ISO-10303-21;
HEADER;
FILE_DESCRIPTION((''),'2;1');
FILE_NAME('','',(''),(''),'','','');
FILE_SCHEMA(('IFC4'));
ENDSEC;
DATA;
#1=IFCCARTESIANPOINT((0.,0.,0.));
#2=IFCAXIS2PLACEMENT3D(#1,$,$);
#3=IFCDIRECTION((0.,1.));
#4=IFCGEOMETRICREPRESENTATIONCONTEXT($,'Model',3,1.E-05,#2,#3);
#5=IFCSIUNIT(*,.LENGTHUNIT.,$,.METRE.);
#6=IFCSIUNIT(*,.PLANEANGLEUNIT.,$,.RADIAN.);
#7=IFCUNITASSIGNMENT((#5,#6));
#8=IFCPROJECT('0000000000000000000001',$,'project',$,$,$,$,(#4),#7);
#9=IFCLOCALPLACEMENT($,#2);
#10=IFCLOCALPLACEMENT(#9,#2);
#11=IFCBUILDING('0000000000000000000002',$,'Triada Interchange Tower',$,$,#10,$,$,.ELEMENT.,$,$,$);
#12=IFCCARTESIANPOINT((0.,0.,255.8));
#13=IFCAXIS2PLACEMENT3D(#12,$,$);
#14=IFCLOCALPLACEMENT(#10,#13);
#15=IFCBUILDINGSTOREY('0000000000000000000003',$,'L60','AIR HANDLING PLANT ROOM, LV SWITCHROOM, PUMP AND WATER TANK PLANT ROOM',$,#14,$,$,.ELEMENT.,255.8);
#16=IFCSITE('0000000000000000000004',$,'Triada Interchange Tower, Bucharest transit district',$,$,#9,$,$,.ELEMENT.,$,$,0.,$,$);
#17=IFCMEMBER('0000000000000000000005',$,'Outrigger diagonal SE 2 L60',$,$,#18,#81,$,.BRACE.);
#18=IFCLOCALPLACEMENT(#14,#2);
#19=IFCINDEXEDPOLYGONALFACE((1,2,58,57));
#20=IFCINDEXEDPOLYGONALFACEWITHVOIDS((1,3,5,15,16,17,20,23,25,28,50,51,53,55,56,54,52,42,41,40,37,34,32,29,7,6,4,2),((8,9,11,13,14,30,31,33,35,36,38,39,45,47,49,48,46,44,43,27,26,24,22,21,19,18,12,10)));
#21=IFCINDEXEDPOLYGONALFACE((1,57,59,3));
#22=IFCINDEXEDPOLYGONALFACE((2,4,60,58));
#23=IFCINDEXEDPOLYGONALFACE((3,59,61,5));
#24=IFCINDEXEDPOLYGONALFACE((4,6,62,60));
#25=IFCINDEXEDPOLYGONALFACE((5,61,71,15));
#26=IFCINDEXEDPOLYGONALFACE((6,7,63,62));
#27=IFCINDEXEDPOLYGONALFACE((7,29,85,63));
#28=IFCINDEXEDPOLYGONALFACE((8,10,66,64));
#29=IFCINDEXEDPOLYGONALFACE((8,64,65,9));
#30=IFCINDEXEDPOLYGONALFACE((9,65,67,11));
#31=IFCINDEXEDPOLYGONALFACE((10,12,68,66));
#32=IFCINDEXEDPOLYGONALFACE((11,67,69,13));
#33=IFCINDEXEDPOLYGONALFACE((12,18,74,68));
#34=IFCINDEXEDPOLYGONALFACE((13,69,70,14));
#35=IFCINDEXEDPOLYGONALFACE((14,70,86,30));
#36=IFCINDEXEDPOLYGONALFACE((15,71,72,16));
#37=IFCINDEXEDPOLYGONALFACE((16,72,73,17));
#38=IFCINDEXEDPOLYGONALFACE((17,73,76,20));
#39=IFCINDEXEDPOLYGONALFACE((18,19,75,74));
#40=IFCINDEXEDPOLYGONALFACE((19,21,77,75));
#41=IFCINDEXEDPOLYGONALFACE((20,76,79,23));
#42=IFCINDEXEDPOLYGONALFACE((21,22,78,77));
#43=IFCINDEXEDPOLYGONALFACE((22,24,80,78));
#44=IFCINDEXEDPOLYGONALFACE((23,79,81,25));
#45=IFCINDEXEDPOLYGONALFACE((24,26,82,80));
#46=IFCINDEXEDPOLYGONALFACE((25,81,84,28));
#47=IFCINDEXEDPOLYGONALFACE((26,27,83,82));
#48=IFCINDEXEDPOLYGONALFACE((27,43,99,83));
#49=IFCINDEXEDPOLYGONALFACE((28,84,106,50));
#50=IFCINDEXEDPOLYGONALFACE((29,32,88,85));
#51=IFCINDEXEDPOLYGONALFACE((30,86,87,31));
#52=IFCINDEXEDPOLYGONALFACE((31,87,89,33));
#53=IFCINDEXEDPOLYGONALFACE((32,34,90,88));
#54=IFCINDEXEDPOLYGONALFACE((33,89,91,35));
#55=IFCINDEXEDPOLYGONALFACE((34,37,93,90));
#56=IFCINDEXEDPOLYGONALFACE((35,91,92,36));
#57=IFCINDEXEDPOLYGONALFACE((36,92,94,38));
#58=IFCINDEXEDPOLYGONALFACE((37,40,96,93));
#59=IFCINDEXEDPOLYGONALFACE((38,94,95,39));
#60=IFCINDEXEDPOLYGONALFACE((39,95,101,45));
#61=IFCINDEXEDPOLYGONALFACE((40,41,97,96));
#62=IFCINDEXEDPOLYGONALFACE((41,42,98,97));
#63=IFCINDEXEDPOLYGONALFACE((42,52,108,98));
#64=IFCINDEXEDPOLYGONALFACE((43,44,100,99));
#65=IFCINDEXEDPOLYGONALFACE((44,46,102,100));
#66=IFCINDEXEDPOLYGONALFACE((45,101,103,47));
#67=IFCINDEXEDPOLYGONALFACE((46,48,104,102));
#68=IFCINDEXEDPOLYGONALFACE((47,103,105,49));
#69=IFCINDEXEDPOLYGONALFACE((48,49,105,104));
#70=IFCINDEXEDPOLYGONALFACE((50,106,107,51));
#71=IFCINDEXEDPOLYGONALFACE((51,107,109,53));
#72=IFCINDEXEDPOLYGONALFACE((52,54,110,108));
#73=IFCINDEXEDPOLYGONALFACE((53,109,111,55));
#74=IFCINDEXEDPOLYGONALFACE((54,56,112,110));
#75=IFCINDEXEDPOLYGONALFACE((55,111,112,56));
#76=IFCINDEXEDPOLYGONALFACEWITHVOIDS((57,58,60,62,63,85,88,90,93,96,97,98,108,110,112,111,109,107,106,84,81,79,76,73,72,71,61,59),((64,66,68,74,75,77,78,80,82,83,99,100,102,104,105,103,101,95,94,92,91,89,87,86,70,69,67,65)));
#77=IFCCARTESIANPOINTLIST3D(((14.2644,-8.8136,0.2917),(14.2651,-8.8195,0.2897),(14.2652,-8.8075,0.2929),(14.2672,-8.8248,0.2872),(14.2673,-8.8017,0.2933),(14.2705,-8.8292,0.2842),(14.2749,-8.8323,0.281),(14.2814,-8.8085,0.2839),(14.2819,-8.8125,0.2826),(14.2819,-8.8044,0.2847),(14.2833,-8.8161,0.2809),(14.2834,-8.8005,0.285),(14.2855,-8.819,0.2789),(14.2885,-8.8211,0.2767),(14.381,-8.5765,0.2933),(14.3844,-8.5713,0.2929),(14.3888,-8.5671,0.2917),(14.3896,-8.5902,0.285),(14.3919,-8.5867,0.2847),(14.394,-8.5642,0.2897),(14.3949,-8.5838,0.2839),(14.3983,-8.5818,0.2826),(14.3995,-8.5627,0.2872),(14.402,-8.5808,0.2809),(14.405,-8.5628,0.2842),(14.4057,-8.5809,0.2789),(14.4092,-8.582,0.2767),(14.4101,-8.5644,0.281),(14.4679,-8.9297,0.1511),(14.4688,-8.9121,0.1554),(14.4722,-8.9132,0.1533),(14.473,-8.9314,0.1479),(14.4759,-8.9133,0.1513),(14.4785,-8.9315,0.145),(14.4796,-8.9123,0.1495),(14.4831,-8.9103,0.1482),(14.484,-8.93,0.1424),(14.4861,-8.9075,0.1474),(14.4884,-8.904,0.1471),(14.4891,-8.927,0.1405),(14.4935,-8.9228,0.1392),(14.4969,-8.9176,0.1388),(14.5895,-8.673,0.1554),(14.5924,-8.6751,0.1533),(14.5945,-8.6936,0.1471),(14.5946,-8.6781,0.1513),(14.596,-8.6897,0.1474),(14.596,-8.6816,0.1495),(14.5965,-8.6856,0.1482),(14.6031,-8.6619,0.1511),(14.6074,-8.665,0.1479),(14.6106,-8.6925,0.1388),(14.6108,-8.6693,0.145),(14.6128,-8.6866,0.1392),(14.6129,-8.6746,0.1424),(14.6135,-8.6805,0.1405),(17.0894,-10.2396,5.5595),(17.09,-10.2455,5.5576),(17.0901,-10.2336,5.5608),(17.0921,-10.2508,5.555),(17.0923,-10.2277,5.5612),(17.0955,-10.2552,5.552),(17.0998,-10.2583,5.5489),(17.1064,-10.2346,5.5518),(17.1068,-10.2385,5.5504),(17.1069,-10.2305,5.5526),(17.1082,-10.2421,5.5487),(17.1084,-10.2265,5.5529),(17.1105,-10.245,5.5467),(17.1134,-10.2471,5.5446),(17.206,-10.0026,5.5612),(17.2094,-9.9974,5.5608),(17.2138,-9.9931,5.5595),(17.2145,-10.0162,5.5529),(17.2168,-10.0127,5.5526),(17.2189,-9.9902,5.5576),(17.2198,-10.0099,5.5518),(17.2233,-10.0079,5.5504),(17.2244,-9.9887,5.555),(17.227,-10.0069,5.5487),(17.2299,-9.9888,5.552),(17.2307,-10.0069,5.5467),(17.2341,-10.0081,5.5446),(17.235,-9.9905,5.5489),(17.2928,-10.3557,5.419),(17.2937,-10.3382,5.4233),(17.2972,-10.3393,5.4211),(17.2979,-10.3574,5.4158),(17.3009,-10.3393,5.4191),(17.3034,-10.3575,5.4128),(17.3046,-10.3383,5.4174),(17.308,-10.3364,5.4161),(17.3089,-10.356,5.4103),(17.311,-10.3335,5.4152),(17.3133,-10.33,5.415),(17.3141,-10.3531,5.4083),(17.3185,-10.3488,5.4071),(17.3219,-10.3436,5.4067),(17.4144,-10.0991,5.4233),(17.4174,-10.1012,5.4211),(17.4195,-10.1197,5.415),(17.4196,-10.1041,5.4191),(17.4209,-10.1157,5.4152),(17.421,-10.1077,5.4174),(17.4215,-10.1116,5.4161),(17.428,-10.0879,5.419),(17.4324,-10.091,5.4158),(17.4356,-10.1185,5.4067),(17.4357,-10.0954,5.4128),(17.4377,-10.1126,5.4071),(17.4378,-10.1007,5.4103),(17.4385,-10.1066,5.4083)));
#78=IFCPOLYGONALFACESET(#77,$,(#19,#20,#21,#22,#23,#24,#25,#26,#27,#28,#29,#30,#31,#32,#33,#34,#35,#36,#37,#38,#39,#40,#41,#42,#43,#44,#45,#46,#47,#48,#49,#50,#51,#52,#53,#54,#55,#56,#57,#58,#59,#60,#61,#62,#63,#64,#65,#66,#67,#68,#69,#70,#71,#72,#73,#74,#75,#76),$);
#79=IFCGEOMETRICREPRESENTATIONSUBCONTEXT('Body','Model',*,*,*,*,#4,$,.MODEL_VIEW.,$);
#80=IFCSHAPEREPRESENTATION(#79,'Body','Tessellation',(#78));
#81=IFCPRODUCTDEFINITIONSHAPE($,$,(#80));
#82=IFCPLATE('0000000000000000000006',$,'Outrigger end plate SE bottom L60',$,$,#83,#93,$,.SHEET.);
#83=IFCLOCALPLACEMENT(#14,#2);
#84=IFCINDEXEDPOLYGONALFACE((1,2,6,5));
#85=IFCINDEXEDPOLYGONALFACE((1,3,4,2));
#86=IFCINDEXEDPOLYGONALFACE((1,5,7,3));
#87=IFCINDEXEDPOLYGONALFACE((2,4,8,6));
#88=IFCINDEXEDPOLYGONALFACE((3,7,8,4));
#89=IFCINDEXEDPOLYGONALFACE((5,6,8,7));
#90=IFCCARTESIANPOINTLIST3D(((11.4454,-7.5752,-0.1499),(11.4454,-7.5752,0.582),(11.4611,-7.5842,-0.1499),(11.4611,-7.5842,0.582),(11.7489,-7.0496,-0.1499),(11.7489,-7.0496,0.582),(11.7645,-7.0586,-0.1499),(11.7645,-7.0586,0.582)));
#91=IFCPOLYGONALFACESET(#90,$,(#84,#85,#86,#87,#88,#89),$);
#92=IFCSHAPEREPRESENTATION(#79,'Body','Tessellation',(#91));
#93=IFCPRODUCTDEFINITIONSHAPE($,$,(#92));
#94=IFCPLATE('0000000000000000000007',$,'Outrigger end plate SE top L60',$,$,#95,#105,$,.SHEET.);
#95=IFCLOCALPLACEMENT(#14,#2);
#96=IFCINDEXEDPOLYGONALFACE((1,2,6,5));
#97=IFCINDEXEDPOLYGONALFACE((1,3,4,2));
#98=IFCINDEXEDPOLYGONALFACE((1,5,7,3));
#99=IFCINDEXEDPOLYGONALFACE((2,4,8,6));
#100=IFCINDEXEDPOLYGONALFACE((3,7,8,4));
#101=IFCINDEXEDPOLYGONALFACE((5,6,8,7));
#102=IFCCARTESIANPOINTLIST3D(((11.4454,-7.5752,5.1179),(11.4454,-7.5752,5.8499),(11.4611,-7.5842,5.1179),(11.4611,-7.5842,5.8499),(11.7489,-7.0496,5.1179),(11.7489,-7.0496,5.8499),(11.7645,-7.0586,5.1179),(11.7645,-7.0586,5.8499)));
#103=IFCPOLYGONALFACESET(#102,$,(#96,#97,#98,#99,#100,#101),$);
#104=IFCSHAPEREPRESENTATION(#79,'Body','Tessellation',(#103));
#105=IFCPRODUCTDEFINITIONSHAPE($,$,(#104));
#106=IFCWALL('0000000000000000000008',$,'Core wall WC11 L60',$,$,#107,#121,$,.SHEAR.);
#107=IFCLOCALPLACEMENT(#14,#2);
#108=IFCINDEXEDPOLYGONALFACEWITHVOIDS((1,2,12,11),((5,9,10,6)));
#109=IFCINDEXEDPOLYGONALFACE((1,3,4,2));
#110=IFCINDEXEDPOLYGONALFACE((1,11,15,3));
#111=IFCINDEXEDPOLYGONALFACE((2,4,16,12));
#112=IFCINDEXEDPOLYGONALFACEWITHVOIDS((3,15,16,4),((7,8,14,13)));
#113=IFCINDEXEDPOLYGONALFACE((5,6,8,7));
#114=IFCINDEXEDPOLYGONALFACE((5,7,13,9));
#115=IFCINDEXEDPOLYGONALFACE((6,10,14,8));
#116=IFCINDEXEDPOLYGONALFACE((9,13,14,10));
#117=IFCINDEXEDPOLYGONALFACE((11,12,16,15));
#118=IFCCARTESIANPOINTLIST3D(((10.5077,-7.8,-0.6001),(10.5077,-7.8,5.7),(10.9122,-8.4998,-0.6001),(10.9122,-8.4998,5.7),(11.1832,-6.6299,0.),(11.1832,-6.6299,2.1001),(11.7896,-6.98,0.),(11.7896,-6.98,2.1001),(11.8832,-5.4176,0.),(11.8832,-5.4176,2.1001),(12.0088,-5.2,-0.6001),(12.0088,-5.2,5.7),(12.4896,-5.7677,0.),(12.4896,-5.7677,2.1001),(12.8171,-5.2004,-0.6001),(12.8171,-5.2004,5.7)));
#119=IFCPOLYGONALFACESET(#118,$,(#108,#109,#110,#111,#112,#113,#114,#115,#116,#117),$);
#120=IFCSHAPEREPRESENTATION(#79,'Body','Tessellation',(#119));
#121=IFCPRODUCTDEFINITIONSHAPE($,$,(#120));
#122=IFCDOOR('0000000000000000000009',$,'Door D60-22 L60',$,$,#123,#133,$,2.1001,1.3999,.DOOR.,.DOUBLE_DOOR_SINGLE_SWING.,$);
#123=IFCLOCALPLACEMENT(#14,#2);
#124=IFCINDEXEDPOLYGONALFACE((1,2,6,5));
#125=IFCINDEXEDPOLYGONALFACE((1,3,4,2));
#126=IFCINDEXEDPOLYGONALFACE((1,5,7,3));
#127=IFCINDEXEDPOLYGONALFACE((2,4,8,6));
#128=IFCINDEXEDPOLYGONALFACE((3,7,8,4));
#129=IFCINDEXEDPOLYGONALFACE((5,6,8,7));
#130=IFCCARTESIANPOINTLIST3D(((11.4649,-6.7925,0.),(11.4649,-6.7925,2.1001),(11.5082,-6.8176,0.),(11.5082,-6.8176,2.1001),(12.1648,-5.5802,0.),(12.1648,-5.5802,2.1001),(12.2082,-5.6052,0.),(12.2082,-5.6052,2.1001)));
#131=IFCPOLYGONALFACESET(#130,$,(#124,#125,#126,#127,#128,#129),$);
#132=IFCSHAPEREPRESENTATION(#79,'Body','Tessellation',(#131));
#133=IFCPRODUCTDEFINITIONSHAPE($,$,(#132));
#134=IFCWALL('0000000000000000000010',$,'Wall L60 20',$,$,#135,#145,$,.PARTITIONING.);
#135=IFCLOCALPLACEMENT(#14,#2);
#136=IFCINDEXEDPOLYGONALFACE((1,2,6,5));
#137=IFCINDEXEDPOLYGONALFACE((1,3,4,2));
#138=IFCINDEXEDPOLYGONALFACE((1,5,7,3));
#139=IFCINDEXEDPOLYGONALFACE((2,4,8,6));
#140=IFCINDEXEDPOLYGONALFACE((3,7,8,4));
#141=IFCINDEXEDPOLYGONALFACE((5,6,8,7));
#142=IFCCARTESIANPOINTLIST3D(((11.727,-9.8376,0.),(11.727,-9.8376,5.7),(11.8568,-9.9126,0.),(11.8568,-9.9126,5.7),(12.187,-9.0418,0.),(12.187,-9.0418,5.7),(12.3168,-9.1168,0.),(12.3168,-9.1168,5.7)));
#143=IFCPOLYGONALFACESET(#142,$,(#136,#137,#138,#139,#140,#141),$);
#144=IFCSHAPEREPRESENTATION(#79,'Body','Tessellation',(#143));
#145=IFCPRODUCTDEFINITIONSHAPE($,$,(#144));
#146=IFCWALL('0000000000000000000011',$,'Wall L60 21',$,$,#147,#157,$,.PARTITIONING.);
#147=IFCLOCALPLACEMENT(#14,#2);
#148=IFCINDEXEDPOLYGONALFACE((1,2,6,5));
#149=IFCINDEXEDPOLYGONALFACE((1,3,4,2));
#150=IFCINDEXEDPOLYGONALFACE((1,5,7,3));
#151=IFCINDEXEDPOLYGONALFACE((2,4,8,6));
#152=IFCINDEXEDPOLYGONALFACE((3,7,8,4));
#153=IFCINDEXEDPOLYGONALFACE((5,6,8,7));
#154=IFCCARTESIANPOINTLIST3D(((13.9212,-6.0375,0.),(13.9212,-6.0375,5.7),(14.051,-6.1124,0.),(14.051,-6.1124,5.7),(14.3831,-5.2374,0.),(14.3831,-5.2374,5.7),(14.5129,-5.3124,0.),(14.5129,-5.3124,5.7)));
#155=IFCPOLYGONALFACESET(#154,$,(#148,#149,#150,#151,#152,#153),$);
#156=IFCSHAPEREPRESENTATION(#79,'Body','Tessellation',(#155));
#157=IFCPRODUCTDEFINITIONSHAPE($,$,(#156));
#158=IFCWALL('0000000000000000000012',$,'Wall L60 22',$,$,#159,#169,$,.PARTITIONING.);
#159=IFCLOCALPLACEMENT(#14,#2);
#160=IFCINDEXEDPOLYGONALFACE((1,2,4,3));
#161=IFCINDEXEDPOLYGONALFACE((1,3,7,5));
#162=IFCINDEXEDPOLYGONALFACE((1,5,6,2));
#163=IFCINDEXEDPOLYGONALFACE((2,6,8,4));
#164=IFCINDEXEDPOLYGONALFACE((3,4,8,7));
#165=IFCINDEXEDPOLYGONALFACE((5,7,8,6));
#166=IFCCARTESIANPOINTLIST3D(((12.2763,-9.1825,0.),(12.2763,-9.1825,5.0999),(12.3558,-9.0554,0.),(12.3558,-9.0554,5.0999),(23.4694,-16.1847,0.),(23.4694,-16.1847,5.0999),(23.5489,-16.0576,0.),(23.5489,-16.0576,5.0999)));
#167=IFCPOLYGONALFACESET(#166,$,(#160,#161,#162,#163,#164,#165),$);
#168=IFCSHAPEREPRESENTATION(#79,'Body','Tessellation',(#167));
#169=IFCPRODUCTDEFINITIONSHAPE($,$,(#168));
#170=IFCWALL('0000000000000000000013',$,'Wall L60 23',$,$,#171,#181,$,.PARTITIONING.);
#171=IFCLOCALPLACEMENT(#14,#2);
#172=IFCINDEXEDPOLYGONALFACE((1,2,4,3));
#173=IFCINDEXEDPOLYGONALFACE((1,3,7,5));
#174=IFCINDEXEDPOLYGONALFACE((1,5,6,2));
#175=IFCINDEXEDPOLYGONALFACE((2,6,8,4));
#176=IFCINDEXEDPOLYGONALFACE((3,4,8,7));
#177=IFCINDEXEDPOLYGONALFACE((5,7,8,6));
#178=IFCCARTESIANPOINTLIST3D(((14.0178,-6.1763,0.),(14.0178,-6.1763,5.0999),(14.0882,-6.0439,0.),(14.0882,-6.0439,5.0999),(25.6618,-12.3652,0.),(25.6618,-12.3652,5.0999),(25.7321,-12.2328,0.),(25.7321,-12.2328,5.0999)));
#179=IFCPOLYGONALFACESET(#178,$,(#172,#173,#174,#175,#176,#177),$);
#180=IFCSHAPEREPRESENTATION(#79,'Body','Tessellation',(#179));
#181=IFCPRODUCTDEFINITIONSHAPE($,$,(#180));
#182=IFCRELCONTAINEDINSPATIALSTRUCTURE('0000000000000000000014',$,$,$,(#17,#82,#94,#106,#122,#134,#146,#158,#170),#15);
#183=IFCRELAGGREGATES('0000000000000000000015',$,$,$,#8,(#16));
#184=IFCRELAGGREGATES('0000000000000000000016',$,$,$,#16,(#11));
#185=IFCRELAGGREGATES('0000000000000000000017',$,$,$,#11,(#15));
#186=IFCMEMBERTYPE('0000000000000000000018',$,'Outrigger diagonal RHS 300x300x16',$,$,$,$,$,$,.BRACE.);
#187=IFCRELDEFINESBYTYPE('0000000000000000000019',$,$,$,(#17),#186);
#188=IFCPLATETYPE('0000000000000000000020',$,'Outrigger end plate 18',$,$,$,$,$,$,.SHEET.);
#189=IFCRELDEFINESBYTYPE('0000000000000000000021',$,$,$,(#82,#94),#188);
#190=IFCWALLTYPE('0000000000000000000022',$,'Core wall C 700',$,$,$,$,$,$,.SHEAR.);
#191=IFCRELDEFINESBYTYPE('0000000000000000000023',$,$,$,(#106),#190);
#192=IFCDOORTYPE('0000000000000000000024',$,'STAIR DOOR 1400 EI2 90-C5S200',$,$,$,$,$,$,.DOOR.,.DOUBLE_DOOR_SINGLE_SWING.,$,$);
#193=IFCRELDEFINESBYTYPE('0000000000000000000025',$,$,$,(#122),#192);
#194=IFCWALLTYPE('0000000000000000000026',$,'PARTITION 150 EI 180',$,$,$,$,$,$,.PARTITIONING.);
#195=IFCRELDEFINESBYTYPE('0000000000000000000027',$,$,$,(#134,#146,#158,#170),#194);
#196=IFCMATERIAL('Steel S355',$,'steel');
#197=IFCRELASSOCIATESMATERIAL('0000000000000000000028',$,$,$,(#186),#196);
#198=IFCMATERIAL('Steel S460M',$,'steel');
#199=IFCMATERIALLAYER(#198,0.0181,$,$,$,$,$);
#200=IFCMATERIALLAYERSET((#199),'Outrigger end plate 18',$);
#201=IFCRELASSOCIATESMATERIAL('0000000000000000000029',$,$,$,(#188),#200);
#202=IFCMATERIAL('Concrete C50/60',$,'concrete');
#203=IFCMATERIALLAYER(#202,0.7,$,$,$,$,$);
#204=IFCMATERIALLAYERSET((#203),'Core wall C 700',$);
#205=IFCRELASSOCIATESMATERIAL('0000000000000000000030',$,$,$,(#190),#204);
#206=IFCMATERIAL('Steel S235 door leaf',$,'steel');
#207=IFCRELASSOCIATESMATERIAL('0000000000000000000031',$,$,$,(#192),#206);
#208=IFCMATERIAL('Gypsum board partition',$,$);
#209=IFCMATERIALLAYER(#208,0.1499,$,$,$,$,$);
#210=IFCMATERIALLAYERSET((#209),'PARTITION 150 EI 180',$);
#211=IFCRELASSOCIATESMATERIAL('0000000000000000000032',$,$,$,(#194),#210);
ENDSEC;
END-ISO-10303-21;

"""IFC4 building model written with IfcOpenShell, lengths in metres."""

from ifc_helpers import new_model, si_unit, direction, frame, frame_2d, origin, origin_2d, place, context, subcontext, project, spatial, polyline, rectangle, hollow_rectangle, outline, extrude, material, layer, layer_set, material_profile, profile_set, type_object, element, fill, save


model = new_model("IFC4")

# Units and contexts
model_context = context("Model", 3, precision=1e-05, world=origin(), true_north=direction((0.0, 1.0)))
body_context = subcontext(model_context, "Body", "Model", "MODEL_VIEW")
ifc_project = project(units=[si_unit("LENGTHUNIT", "METRE"), si_unit("PLANEANGLEUNIT", "RADIAN")], contexts=[model_context])

# Site, building, storey
site_placement = place(None, origin())
site = spatial("IfcSite", under=ifc_project, at=site_placement, Name="Triada Interchange Tower, Bucharest transit district", CompositionType="ELEMENT", RefElevation=0.0)
building_placement = place(site_placement, origin())
building = spatial("IfcBuilding", under=site, at=building_placement, Name="Triada Interchange Tower", CompositionType="ELEMENT")
storey_placement = place(building_placement, frame((0.0, 0.0, 255.8)))
storey = spatial("IfcBuildingStorey", under=building, at=storey_placement, Name="L60", Description="AIR HANDLING PLANT ROOM, LV SWITCHROOM, PUMP AND WATER TANK PLANT ROOM", CompositionType="ELEMENT", Elevation=255.8)

# Shared definitions
ifc_material_1 = material(Name="Concrete C50/60", Category="concrete")

# Shared definitions
ifc_material_2 = material(Name="Steel S355", Category="steel")

# Member
ifc_material_3 = material(Name="Steel S460M", Category="steel")
ifc_material_profile_1 = material_profile(ifc_material_2, hollow_rectangle(XDim=0.3, YDim=0.3, WallThickness=0.0161, InnerFilletRadius=0.0161, OuterFilletRadius=0.0239, at=origin_2d()), Name="RHS 300x300x16")
ifc_profile_set_1 = profile_set([ifc_material_profile_1], Name="Steel S355")
member_type_1 = type_object("IfcMemberType", Name="Outrigger diagonal RHS 300x300x16", PredefinedType="BRACE", material=ifc_profile_set_1)
member_1_placement = place(storey_placement, frame((14.439, -8.7471, 0.2161), z_axis=(0.459698, -0.232054, 0.857221), x_axis=(0.450636, 0.892708, 0.0)))
element("IfcMember", 1, at=member_1_placement, inside=storey, type_object=member_type_1, Name="Outrigger diagonal SE 2 L60", PredefinedType="BRACE", context=body_context, shape_type="SweptSolid", body=[
    extrude(hollow_rectangle(XDim=0.3, YDim=0.3, WallThickness=0.0161, InnerFilletRadius=0.0161, OuterFilletRadius=0.0239, at=origin_2d()), origin(), (0.0, 0.0, 1.0), 6.1453),
])

# Plates
ifc_layer_1 = layer(ifc_material_3, 0.0181)
ifc_layer_set_1 = layer_set([ifc_layer_1], Name="Outrigger end plate 18")
plate_type = type_object("IfcPlateType", Name="Outrigger end plate 18", PredefinedType="SHEET", material=ifc_layer_set_1)
for number, where, z_axis, x_axis, name in (
    (2, (11.605, -7.3169, -0.1499), (0.0, 0.0, 1.0), (0.866025, -0.5, 0.0), "Outrigger end plate SE bottom L60"),
    (3, (11.605, -7.3169, 5.1179), (0.0, 0.0, 1.0), (0.866025, -0.5, 0.0), "Outrigger end plate SE top L60"),
):
    element("IfcPlate", number, at=place(storey_placement, frame(where, z_axis=z_axis, x_axis=x_axis)), inside=storey, type_object=plate_type, Name=name, PredefinedType="SHEET", context=body_context, shape_type="SweptSolid", body=[
        extrude(rectangle(XDim=0.0181, YDim=0.6069, at=origin_2d()), origin(), (0.0, 0.0, 1.0), 0.7319),
    ])

# Wall, opening, door
ifc_layer_2 = layer(ifc_material_1, 0.7)
ifc_layer_set_2 = layer_set([ifc_layer_2], Name="Core wall C 700")
wall_type_1 = type_object("IfcWallType", Name="Core wall C 700", PredefinedType="SHEAR", material=ifc_layer_set_2)
wall_1_placement = place(storey_placement, frame((10.71, -8.1499, -0.6001), z_axis=(0.0, 0.0, 1.0), x_axis=(0.499993, 0.866029, 0.0)))
wall_1 = element("IfcWall", 4, at=wall_1_placement, inside=storey, type_object=wall_type_1, Name="Core wall WC11 L60", PredefinedType="SHEAR", context=body_context, shape_type="SweptSolid", body=[
    extrude(outline(polyline([(-0.2019, -0.3501), (1.7031, -0.3501), (3.6079, -0.3501), (3.2041, 0.3501), (1.7031, 0.3501), (0.2019, 0.3501), (-0.2019, -0.3501)])), origin(), (0.0, 0.0, 1.0), 6.3),
])
opening_1_placement = place(wall_1_placement, frame((1.553, 0.0, 0.6001)))
opening_1 = element("IfcOpeningElement", 5, at=opening_1_placement, cuts=wall_1, PredefinedType="OPENING", context=body_context, shape_type="SweptSolid", body=[
    extrude(rectangle(XDim=1.3999, YDim=2.1001, at=frame_2d((0.7, 1.05))), frame((0.0, 0.3601, 0.0), z_axis=(0.0, -1.0, 0.0), x_axis=(1.0, 0.0, 0.0)), (0.0, 0.0, 1.0), 0.7202),
])
ifc_material_4 = material(Name="Steel S235 door leaf", Category="steel")
door_type_1 = type_object("IfcDoorType", Name="STAIR DOOR 1400 EI2 90-C5S200", OperationType="DOUBLE_DOOR_SINGLE_SWING", PredefinedType="DOOR", material=ifc_material_4)
door_1_placement = place(opening_1_placement, origin())
door_1 = element("IfcDoor", 6, at=door_1_placement, inside=storey, type_object=door_type_1, Name="Door D60-22 L60", OperationType="DOUBLE_DOOR_SINGLE_SWING", OverallHeight=2.1001, OverallWidth=1.3999, PredefinedType="DOOR", context=body_context, shape_type="SweptSolid", body=[
    extrude(rectangle(XDim=1.3999, YDim=2.1001, at=frame_2d((0.7, 1.05))), frame((0.0, 0.0249, 0.0), z_axis=(0.0, -1.0, 0.0), x_axis=(1.0, 0.0, 0.0)), (0.0, 0.0, 1.0), 0.05),
])
fill(opening_1, door_1)

# Walls
ifc_material_5 = material(Name="Gypsum board partition")
ifc_layer_3 = layer(ifc_material_5, 0.1499)
ifc_layer_set_3 = layer_set([ifc_layer_3], Name="PARTITION 150 EI 180")
wall_type_2 = type_object("IfcWallType", Name="PARTITION 150 EI 180", PredefinedType="PARTITIONING", material=ifc_layer_set_3)
wall_2_placement = place(storey_placement, frame((11.792, -9.875, 0.0), z_axis=(0.0, 0.0, 1.0), x_axis=(0.500366, 0.865814, 0.0)))
element("IfcWall", 7, at=wall_2_placement, inside=storey, type_object=wall_type_2, Name="Wall L60 20", PredefinedType="PARTITIONING", context=body_context, shape_type="SweptSolid", body=[
    extrude(rectangle(XDim=0.9192, YDim=0.1499, at=frame_2d((0.4595, 0.0))), origin(), (0.0, 0.0, 1.0), 5.7),
])
wall_3_placement = place(storey_placement, frame((13.9861, -6.075, 0.0), z_axis=(0.0, 0.0, 1.0), x_axis=(0.500005, 0.866023, 0.0)))
element("IfcWall", 8, at=wall_3_placement, inside=storey, type_object=wall_type_2, Name="Wall L60 21", PredefinedType="PARTITIONING", context=body_context, shape_type="SweptSolid", body=[
    extrude(rectangle(XDim=0.9238, YDim=0.1499, at=frame_2d((0.4619, 0.0))), origin(), (0.0, 0.0, 1.0), 5.7),
])
wall_4_placement = place(storey_placement, frame((12.3159, -9.1189, 0.0), z_axis=(0.0, 0.0, 1.0), x_axis=(0.847777, -0.530353, 0.0)))
element("IfcWall", 9, at=wall_4_placement, inside=storey, type_object=wall_type_2, Name="Wall L60 22", PredefinedType="PARTITIONING", context=body_context, shape_type="SweptSolid", body=[
    extrude(rectangle(XDim=13.2029, YDim=0.1499, at=frame_2d((6.6016, 0.0))), origin(), (0.0, 0.0, 1.0), 5.0999),
])
wall_5_placement = place(storey_placement, frame((14.053, -6.1101, 0.0), z_axis=(0.0, 0.0, 1.0), x_axis=(0.883019, -0.469337, 0.0)))
element("IfcWall", 10, at=wall_5_placement, inside=storey, type_object=wall_type_2, Name="Wall L60 23", PredefinedType="PARTITIONING", context=body_context, shape_type="SweptSolid", body=[
    extrude(rectangle(XDim=13.1865, YDim=0.1499, at=frame_2d((6.5933, 0.0))), origin(), (0.0, 0.0, 1.0), 5.0999),
])

save(model, "model.ifc")
